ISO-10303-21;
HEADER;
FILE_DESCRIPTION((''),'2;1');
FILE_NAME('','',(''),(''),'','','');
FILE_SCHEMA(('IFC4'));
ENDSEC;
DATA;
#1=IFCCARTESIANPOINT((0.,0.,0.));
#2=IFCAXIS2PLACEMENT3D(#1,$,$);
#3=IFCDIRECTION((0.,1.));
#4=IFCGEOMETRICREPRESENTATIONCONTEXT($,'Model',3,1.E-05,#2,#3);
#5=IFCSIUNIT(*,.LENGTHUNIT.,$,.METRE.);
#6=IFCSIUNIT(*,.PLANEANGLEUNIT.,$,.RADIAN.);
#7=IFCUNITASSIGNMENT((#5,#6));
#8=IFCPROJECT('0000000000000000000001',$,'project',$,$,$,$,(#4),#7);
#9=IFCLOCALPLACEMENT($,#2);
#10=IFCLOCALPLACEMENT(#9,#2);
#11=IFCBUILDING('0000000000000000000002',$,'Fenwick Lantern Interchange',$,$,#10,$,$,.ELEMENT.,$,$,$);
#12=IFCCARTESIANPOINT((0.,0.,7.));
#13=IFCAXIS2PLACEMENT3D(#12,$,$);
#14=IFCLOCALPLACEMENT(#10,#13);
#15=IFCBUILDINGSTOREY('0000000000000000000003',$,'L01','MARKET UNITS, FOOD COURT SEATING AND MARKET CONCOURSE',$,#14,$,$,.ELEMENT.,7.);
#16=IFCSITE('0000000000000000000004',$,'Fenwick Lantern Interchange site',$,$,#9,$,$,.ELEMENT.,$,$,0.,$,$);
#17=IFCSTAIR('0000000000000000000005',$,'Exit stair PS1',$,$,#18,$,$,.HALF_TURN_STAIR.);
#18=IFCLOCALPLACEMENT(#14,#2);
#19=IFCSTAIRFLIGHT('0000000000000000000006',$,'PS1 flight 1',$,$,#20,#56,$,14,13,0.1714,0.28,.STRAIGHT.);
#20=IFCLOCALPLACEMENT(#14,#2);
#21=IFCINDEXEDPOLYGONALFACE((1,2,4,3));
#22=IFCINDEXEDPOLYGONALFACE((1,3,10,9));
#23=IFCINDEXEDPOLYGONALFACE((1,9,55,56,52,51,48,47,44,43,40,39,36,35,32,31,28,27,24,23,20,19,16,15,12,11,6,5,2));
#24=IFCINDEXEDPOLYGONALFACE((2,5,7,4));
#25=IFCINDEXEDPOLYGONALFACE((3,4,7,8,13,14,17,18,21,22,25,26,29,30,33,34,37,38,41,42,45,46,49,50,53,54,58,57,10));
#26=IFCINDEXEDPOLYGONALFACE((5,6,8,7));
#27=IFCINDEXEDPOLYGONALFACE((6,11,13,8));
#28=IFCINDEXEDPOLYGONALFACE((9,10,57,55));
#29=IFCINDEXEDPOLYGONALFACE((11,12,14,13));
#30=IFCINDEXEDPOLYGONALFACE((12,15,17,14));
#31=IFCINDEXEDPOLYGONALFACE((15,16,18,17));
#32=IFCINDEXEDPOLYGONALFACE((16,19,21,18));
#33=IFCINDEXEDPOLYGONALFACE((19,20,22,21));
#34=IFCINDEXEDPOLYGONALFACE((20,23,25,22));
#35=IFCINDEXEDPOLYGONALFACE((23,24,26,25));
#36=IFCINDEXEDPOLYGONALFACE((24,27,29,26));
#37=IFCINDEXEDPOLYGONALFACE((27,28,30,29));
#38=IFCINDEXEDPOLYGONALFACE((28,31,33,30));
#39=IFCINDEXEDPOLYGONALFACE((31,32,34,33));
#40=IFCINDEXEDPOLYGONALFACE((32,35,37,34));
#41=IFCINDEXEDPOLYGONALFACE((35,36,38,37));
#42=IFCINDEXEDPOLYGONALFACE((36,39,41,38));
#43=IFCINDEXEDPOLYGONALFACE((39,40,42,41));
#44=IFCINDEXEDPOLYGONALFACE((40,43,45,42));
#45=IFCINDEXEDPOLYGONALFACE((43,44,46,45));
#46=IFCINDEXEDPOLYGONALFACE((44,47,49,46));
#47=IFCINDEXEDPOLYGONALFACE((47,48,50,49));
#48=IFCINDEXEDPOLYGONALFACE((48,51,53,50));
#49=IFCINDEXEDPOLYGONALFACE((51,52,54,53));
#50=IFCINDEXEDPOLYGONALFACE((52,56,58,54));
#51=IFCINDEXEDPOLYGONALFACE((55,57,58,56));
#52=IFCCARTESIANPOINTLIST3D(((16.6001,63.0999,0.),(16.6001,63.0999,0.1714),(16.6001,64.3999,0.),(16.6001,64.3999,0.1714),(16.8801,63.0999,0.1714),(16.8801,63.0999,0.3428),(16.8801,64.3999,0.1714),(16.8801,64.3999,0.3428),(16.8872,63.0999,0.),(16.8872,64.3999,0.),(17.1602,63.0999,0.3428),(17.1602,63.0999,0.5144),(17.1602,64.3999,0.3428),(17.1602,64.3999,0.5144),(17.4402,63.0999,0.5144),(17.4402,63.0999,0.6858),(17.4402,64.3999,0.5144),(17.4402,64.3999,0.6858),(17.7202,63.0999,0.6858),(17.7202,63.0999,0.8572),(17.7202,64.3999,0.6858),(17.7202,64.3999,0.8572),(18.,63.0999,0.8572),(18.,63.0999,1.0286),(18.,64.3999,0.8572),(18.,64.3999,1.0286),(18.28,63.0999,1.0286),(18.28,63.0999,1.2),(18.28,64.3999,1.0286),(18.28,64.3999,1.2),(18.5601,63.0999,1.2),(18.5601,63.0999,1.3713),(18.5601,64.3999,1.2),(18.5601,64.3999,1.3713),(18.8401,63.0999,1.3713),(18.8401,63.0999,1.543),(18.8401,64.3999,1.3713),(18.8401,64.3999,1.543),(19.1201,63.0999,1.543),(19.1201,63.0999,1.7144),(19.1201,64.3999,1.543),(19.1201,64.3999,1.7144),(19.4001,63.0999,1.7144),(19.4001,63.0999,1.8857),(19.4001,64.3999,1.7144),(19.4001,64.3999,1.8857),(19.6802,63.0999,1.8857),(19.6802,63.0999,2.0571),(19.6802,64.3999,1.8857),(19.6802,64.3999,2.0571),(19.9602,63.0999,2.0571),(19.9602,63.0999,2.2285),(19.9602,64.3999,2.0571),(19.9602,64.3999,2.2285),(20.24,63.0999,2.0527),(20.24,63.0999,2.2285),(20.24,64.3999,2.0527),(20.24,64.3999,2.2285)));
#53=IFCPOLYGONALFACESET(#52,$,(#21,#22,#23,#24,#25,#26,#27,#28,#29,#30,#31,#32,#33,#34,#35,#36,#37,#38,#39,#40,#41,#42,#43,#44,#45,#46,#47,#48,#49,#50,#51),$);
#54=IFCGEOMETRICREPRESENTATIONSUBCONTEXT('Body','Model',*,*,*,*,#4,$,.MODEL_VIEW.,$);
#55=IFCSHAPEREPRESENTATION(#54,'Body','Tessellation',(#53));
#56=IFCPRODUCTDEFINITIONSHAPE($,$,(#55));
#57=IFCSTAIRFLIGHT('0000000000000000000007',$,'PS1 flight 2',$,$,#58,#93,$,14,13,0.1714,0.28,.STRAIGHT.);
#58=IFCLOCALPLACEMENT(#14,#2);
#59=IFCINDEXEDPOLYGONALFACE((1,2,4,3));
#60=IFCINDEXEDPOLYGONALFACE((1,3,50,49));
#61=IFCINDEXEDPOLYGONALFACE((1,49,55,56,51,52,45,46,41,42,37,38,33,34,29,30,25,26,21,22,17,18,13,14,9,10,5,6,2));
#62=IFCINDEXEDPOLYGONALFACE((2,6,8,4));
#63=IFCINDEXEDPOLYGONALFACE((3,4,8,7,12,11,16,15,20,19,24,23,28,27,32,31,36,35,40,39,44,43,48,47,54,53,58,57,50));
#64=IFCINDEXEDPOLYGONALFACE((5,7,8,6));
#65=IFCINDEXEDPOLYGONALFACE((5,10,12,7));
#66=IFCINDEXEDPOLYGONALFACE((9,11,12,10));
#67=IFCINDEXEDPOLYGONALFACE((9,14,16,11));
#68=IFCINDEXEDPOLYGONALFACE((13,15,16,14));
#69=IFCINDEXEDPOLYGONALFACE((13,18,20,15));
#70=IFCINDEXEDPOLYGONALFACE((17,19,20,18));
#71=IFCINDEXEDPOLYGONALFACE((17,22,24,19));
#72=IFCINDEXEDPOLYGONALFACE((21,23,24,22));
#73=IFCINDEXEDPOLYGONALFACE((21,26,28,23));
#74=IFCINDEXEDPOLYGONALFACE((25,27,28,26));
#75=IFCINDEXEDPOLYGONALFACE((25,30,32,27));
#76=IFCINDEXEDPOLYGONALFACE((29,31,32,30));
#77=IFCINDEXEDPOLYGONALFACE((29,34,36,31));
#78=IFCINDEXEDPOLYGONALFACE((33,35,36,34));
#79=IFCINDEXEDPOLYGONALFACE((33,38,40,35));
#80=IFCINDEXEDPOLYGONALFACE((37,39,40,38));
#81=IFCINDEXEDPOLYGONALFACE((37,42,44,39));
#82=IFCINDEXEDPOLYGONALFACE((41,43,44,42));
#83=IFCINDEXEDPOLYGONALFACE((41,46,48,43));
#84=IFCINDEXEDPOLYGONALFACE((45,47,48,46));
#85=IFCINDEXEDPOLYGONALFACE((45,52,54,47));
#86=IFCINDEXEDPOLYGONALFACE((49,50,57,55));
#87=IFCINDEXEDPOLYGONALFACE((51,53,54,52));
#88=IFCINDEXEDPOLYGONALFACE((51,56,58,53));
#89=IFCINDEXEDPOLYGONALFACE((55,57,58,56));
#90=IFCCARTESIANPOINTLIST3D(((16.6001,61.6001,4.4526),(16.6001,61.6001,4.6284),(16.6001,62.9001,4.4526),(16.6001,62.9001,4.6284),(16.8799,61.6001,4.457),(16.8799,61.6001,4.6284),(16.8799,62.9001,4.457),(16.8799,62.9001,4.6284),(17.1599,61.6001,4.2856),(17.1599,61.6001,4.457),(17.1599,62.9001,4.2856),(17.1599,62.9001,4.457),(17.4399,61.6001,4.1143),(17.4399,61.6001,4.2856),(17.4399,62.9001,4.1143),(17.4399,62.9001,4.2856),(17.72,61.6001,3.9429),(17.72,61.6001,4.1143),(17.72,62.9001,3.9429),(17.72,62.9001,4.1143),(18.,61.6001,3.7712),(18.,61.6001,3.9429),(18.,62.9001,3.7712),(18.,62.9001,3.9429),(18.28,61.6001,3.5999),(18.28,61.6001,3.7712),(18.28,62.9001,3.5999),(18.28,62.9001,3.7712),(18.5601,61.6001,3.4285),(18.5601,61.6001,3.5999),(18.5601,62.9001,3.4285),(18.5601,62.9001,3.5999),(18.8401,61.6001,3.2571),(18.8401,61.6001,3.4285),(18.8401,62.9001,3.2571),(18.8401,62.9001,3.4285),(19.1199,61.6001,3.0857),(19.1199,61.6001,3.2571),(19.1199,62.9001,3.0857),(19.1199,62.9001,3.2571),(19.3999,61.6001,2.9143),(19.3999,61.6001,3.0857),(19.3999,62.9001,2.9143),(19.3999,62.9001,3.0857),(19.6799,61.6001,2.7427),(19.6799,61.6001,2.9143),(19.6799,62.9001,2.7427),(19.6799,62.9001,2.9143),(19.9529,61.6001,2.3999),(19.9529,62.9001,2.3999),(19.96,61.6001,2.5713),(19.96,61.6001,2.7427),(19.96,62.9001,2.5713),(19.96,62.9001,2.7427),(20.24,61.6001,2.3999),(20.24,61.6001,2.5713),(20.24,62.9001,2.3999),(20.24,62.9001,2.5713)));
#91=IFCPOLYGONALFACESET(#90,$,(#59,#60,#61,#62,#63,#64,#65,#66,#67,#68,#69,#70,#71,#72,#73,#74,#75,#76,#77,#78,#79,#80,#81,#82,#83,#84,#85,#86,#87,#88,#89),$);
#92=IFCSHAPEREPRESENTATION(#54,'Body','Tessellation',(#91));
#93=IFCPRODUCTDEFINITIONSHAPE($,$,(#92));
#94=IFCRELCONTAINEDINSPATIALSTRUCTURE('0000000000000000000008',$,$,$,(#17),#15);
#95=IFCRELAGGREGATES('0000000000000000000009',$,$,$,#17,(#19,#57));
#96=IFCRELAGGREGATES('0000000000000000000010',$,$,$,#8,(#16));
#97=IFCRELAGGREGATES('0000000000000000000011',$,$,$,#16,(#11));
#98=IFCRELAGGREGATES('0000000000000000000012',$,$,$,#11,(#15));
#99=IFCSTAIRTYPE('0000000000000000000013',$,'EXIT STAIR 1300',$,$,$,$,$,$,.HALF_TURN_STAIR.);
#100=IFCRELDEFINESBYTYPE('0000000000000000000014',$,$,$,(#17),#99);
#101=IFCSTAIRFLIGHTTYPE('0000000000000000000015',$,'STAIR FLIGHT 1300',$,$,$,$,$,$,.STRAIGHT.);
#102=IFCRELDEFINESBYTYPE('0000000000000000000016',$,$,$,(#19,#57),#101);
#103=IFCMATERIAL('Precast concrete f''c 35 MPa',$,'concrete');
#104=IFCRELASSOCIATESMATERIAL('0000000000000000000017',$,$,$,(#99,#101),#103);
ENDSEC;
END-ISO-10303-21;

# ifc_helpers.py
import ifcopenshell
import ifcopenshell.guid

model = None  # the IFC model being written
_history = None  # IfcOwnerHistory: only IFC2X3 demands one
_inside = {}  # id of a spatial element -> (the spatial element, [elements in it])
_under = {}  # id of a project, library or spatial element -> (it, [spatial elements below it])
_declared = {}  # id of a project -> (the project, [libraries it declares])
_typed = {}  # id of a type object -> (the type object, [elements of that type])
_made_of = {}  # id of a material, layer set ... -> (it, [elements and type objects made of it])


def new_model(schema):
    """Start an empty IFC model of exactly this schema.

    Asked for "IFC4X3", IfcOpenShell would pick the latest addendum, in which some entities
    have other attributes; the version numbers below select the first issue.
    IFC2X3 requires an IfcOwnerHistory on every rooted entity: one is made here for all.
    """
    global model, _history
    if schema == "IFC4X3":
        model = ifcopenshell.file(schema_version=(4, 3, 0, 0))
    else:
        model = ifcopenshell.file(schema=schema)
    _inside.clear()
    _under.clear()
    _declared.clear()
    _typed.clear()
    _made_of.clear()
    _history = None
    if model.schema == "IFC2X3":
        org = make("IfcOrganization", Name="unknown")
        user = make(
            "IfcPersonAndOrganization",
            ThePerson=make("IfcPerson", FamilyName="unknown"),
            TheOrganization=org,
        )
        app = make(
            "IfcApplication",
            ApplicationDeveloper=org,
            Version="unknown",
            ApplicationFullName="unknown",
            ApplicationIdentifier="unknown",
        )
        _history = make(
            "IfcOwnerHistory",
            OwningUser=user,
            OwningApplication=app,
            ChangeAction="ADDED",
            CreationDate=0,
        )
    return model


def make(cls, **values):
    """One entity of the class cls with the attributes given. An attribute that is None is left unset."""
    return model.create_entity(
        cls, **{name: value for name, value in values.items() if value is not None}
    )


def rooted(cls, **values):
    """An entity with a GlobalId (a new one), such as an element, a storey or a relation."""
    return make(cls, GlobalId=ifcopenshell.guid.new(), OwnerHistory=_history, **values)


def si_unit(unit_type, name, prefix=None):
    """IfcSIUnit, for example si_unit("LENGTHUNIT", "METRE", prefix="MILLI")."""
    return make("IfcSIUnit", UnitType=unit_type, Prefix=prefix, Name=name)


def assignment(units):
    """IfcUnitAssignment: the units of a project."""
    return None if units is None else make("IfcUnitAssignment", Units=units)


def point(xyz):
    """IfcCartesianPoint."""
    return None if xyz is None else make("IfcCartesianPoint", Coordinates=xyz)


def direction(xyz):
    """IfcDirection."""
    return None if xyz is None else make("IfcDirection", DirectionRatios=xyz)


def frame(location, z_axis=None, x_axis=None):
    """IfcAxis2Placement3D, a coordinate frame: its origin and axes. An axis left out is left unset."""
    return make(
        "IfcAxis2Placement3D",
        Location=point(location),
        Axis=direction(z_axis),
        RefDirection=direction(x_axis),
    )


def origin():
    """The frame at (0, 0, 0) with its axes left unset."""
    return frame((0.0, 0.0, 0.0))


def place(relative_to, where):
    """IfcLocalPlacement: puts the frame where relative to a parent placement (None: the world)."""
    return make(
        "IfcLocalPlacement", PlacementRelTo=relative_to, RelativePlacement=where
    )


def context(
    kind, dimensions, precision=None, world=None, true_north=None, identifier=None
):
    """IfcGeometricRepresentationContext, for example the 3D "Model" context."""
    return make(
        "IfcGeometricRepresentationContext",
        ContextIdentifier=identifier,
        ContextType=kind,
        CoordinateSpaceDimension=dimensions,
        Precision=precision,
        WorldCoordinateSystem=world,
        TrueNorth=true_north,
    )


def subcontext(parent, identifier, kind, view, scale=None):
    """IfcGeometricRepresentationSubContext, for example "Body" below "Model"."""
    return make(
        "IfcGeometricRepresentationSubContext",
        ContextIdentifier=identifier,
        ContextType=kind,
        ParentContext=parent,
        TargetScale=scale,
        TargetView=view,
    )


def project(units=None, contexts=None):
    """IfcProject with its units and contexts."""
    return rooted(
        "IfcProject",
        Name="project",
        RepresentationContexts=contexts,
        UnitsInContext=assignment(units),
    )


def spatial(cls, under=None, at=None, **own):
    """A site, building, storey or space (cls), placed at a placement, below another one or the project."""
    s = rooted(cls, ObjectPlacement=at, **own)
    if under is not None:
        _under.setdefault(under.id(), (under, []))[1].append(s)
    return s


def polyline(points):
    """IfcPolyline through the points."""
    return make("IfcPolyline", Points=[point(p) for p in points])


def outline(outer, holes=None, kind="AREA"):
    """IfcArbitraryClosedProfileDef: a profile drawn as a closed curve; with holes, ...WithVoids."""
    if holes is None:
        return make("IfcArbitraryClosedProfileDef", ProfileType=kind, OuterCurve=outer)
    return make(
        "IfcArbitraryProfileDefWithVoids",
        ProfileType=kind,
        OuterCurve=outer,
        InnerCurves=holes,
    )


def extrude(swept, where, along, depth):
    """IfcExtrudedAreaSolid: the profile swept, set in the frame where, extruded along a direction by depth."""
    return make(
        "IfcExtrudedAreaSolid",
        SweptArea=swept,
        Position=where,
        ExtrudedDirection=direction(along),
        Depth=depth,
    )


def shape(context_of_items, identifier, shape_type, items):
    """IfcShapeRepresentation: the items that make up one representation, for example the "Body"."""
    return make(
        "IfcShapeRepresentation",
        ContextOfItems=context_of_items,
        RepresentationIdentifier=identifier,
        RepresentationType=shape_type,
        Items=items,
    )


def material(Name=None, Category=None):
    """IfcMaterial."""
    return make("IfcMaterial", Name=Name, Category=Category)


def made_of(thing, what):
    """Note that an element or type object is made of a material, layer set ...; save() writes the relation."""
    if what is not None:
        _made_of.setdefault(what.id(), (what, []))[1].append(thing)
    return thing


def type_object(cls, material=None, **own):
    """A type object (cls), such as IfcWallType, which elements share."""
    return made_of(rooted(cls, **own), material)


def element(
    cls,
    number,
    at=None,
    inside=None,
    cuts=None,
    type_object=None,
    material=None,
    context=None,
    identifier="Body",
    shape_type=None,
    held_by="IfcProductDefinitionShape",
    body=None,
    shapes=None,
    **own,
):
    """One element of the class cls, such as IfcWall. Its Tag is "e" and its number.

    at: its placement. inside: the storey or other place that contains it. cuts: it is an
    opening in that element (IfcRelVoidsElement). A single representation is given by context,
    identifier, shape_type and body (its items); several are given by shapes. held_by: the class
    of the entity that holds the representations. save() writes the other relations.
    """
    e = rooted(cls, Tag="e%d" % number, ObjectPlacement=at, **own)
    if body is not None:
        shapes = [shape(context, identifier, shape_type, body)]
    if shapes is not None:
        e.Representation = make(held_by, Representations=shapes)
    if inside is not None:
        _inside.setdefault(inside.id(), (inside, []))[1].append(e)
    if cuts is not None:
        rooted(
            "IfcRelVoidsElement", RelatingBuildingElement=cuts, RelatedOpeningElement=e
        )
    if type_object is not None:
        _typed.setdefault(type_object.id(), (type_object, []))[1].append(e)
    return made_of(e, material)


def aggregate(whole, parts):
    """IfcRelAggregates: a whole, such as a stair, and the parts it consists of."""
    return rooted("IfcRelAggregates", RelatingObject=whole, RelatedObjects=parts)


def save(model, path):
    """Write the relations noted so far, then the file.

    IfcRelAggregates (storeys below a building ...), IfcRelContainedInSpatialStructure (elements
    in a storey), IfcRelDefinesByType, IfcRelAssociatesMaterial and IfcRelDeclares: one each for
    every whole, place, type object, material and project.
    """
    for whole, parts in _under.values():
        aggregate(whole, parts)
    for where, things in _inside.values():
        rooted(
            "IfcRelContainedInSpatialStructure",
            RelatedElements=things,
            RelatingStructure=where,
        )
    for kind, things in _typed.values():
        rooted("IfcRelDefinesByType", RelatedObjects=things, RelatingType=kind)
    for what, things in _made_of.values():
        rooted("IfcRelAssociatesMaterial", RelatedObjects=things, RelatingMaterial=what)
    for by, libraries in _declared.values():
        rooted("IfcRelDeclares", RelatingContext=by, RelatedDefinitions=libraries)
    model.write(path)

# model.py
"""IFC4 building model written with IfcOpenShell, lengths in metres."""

from ifc_helpers import new_model, si_unit, direction, frame, origin, place, context, subcontext, project, spatial, polyline, outline, extrude, material, type_object, element, aggregate, save


model = new_model("IFC4")

# Units and contexts
model_context = context("Model", 3, precision=1e-05, world=origin(), true_north=direction((0.0, 1.0)))
body_context = subcontext(model_context, "Body", "Model", "MODEL_VIEW")
ifc_project = project(units=[si_unit("LENGTHUNIT", "METRE"), si_unit("PLANEANGLEUNIT", "RADIAN")], contexts=[model_context])

# Site, building, storey
site_placement = place(None, origin())
site = spatial("IfcSite", under=ifc_project, at=site_placement, Name="Fenwick Lantern Interchange site", CompositionType="ELEMENT", RefElevation=0.0)
building_placement = place(site_placement, origin())
building = spatial("IfcBuilding", under=site, at=building_placement, Name="Fenwick Lantern Interchange", CompositionType="ELEMENT")
storey_placement = place(building_placement, frame((0.0, 0.0, 7.0)))
storey = spatial("IfcBuildingStorey", under=building, at=storey_placement, Name="L01", Description="MARKET UNITS, FOOD COURT SEATING AND MARKET CONCOURSE", CompositionType="ELEMENT", Elevation=7.0)

# Stair, stair flights
ifc_material_1 = material(Name="Precast concrete f'c 35 MPa", Category="concrete")
stair_type = type_object("IfcStairType", Name="EXIT STAIR 1300", PredefinedType="HALF_TURN_STAIR", material=ifc_material_1)
stair_placement = place(storey_placement, origin())
stair = element("IfcStair", 1, at=stair_placement, inside=storey, type_object=stair_type, Name="Exit stair PS1", PredefinedType="HALF_TURN_STAIR")
stair_flight_type = type_object("IfcStairFlightType", Name="STAIR FLIGHT 1300", PredefinedType="STRAIGHT", material=ifc_material_1)
stair_flight_1_placement = place(storey_placement, frame((16.6001, 63.75, 0.0), z_axis=(0.0, 0.0, 1.0), x_axis=(1.0, 0.0, 0.0)))
stair_flight_1 = element("IfcStairFlight", 2, at=stair_flight_1_placement, type_object=stair_flight_type, Name="PS1 flight 1", NumberOfRisers=14, NumberOfTreads=13, PredefinedType="STRAIGHT", RiserHeight=0.1714, TreadLength=0.28, context=body_context, shape_type="SweptSolid", body=[
    extrude(outline(polyline([(0.0, 0.0), (0.0, 0.1714), (0.28, 0.1714), (0.28, 0.3428), (0.5601, 0.3428), (0.5601, 0.5144), (0.8401, 0.5144), (0.8401, 0.6858), (1.1201, 0.6858), (1.1201, 0.8572), (1.3999, 0.8572), (1.3999, 1.0286), (1.6799, 1.0286), (1.6799, 1.2), (1.96, 1.2), (1.96, 1.3713), (2.24, 1.3713), (2.24, 1.543), (2.52, 1.543), (2.52, 1.7144), (2.8, 1.7144), (2.8, 1.8857), (3.0801, 1.8857), (3.0801, 2.0571), (3.3601, 2.0571), (3.3601, 2.2285), (3.6399, 2.2285), (3.6399, 2.3999), (3.6399, 2.0527), (0.2871, 0.0), (0.0, 0.0)])), frame((0.0, 0.6499, 0.0), z_axis=(0.0, -1.0, 0.0), x_axis=(1.0, 0.0, 0.0)), (0.0, 0.0, 1.0), 1.3),
])
stair_flight_2_placement = place(storey_placement, frame((20.24, 62.25, 2.3999), z_axis=(0.0, 0.0, 1.0), x_axis=(-1.0, 0.0, 0.0)))
stair_flight_2 = element("IfcStairFlight", 3, at=stair_flight_2_placement, type_object=stair_flight_type, Name="PS1 flight 2", NumberOfRisers=14, NumberOfTreads=13, PredefinedType="STRAIGHT", RiserHeight=0.1714, TreadLength=0.28, context=body_context, shape_type="SweptSolid", body=[
    extrude(outline(polyline([(0.0, 0.0), (0.0, 0.1714), (0.28, 0.1714), (0.28, 0.3428), (0.5601, 0.3428), (0.5601, 0.5144), (0.8401, 0.5144), (0.8401, 0.6858), (1.1201, 0.6858), (1.1201, 0.8572), (1.3999, 0.8572), (1.3999, 1.0286), (1.6799, 1.0286), (1.6799, 1.2), (1.96, 1.2), (1.96, 1.3713), (2.24, 1.3713), (2.24, 1.543), (2.52, 1.543), (2.52, 1.7144), (2.8, 1.7144), (2.8, 1.8857), (3.0801, 1.8857), (3.0801, 2.0571), (3.3601, 2.0571), (3.3601, 2.2285), (3.6399, 2.2285), (3.6399, 2.3999), (3.6399, 2.0527), (0.2871, 0.0), (0.0, 0.0)])), frame((0.0, 0.6499, 0.0), z_axis=(0.0, -1.0, 0.0), x_axis=(1.0, 0.0, 0.0)), (0.0, 0.0, 1.0), 1.3),
])
aggregate(stair, [stair_flight_1, stair_flight_2])

save(model, "model.ifc")
